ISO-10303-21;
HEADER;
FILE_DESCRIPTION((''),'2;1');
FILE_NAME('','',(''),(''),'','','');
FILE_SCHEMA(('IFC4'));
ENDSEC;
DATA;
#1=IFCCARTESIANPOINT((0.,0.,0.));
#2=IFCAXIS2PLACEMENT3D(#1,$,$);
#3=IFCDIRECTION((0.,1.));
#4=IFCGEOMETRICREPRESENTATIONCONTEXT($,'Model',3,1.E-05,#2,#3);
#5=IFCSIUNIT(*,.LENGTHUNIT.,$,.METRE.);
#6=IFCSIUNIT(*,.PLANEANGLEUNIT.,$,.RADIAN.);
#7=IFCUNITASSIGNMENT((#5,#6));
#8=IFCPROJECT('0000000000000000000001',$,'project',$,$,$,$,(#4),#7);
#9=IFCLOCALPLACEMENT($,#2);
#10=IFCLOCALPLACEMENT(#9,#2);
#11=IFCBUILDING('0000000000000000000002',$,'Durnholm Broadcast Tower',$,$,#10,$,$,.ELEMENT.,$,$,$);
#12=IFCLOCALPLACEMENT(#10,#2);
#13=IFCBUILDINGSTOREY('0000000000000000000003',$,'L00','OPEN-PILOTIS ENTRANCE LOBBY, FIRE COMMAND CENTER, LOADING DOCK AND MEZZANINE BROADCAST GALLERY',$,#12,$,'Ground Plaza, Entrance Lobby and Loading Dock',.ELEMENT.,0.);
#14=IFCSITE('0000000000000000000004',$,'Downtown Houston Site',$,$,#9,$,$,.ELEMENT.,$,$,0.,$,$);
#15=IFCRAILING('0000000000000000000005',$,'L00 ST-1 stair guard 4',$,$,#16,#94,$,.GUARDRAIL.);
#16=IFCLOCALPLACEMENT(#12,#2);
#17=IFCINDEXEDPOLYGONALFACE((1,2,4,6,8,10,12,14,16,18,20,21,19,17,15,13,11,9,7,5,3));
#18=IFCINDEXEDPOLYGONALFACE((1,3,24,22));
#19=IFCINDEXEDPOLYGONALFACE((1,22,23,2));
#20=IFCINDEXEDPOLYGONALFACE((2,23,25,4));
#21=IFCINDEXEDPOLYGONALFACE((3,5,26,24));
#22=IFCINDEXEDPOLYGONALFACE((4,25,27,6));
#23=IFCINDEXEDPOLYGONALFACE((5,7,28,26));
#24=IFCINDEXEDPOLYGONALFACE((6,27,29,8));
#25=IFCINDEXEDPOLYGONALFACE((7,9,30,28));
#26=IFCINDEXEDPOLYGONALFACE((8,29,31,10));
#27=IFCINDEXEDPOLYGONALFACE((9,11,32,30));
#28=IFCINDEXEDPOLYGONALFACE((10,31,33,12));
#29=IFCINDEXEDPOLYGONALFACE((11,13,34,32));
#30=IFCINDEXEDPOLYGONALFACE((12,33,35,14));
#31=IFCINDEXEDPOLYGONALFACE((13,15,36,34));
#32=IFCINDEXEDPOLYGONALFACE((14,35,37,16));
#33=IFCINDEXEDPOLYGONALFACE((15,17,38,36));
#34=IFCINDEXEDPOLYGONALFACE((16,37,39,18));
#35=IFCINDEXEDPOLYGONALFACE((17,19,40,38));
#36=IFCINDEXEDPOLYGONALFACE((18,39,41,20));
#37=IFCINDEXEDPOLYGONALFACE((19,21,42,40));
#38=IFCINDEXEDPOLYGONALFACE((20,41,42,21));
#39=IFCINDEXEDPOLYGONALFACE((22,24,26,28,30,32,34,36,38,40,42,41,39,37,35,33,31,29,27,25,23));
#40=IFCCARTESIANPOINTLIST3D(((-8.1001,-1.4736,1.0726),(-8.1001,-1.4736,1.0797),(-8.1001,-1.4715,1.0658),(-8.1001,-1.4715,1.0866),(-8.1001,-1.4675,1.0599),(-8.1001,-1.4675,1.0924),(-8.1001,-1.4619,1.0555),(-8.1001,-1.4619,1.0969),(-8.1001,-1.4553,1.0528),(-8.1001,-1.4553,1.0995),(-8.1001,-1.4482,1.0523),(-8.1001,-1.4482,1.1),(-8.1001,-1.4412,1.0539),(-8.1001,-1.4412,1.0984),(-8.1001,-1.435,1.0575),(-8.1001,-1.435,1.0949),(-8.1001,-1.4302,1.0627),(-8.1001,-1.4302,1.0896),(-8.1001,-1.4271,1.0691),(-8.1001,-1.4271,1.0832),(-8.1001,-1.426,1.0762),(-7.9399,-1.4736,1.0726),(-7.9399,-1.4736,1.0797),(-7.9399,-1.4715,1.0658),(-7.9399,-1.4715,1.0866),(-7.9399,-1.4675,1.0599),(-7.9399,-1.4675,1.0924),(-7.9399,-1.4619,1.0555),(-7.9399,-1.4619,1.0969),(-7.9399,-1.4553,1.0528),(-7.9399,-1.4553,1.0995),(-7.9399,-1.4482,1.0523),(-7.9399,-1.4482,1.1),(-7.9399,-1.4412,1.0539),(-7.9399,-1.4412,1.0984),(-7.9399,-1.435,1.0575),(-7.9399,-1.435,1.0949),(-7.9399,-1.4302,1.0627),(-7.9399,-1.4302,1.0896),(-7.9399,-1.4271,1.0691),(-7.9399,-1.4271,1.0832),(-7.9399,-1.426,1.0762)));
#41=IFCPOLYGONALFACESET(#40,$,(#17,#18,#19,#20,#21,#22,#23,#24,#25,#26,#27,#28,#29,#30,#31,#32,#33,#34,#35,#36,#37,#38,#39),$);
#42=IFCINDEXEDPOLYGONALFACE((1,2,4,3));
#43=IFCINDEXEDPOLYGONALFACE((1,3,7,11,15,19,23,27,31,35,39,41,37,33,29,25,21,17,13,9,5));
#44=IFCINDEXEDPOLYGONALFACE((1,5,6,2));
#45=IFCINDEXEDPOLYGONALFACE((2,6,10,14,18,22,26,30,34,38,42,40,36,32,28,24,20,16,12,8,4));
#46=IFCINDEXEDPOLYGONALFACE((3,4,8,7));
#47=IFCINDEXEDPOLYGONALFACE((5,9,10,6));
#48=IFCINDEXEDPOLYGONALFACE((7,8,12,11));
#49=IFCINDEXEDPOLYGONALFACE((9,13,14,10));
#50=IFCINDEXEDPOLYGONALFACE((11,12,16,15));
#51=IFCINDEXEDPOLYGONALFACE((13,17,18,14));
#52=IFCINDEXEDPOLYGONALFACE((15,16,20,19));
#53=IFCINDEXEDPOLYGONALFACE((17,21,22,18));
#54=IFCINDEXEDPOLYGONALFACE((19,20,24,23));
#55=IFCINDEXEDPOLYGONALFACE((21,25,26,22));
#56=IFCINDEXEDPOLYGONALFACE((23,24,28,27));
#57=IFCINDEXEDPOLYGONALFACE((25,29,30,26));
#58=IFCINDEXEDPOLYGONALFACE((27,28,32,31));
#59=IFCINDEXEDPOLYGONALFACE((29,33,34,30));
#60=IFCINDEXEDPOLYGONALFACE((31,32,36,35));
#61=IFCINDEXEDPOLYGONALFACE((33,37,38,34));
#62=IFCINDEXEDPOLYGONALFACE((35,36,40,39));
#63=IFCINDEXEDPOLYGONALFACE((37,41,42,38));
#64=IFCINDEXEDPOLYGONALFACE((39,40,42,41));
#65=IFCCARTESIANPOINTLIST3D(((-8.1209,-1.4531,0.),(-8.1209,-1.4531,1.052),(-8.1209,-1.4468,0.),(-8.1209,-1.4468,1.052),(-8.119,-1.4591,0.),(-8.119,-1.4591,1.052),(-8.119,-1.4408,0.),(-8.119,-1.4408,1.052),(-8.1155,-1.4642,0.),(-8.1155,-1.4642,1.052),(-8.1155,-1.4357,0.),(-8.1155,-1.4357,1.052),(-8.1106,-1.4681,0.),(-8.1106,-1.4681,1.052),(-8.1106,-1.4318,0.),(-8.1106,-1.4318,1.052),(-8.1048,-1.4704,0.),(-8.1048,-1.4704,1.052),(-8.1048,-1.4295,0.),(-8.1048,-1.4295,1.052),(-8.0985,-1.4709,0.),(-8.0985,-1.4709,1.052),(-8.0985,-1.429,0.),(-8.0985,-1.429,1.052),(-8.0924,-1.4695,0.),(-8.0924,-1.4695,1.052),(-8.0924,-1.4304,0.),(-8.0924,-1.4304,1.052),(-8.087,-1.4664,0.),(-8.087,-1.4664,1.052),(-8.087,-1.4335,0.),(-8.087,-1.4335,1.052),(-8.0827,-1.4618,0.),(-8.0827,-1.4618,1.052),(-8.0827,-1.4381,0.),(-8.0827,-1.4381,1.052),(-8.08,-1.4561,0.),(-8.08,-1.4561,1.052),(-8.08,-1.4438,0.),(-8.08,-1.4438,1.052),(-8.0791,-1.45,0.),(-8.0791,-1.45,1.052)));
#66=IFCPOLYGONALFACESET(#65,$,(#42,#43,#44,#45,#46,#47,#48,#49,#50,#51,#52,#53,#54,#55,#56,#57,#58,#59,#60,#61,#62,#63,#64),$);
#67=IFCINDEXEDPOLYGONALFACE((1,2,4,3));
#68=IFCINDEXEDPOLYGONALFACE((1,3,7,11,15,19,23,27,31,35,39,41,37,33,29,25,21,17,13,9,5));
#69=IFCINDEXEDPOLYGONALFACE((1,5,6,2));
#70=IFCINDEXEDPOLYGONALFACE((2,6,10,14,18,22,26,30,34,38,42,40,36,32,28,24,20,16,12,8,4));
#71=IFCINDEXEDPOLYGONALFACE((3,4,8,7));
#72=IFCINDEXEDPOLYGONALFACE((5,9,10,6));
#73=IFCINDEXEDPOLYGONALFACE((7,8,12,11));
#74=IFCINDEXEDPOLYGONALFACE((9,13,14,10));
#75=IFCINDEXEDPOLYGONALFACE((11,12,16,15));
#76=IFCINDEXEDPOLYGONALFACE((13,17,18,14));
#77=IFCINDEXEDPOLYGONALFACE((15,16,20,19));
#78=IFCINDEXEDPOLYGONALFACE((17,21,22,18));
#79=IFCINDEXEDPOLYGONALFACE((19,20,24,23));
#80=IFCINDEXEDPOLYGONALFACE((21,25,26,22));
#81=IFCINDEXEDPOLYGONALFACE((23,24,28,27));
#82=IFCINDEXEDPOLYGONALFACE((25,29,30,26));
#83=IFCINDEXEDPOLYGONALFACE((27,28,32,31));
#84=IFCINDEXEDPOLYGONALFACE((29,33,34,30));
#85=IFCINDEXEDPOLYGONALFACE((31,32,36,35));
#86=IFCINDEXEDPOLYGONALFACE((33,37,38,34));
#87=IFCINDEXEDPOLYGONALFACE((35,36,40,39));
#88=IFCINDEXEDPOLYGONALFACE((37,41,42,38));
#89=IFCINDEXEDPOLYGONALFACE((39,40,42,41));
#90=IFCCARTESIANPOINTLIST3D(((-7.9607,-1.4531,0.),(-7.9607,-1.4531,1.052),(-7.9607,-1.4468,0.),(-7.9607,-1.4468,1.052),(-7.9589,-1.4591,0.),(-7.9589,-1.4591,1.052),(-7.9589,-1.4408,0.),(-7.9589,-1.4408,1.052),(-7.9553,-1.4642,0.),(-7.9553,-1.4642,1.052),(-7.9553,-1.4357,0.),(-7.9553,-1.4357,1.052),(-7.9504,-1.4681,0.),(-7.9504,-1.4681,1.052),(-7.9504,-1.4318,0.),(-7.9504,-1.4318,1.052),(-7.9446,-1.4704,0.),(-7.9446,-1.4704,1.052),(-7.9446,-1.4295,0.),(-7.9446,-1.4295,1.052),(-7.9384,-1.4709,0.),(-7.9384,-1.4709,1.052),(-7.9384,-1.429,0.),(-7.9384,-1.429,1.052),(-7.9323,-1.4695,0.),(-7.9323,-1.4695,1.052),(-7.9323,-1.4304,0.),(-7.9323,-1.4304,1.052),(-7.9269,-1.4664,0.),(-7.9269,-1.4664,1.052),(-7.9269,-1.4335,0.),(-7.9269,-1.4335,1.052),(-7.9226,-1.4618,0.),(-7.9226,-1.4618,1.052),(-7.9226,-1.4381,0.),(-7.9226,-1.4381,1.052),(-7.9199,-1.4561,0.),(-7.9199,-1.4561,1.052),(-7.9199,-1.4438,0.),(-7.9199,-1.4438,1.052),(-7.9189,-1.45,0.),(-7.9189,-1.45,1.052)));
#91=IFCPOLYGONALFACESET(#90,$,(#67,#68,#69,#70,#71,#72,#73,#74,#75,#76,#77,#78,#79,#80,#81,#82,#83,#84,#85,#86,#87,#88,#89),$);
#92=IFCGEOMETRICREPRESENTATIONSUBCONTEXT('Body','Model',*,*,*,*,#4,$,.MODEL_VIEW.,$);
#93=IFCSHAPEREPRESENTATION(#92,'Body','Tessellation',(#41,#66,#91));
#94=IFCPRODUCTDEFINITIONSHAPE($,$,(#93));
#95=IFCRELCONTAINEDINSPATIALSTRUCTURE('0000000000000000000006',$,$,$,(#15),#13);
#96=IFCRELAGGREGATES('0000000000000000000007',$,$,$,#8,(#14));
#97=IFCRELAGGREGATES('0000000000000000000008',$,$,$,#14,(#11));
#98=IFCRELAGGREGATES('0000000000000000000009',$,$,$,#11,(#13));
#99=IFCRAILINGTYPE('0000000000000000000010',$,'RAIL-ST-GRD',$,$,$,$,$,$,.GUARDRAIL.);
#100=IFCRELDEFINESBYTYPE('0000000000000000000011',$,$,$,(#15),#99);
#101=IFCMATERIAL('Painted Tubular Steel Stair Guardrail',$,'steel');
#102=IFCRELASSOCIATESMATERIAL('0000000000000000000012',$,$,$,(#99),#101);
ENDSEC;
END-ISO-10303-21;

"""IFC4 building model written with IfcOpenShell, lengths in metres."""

from ifc_helpers import new_model, si_unit, direction, frame, origin, origin_2d, place, context, subcontext, project, spatial, circle, extrude, material, type_object, element, save


model = new_model("IFC4")

# Units and contexts
model_context = context("Model", 3, precision=1e-05, world=origin(), true_north=direction((0.0, 1.0)))
body_context = subcontext(model_context, "Body", "Model", "MODEL_VIEW")
ifc_project = project(units=[si_unit("LENGTHUNIT", "METRE"), si_unit("PLANEANGLEUNIT", "RADIAN")], contexts=[model_context])

# Site, building, storey
site_placement = place(None, origin())
site = spatial("IfcSite", under=ifc_project, at=site_placement, Name="Downtown Houston Site", CompositionType="ELEMENT", RefElevation=0.0)
building_placement = place(site_placement, origin())
building = spatial("IfcBuilding", under=site, at=building_placement, Name="Durnholm Broadcast Tower", CompositionType="ELEMENT")
storey_placement = place(building_placement, origin())
storey = spatial("IfcBuildingStorey", under=building, at=storey_placement, Name="L00", Description="OPEN-PILOTIS ENTRANCE LOBBY, FIRE COMMAND CENTER, LOADING DOCK AND MEZZANINE BROADCAST GALLERY", LongName="Ground Plaza, Entrance Lobby and Loading Dock", CompositionType="ELEMENT", Elevation=0.0)

# Railing
ifc_material_1 = material(Name="Painted Tubular Steel Stair Guardrail", Category="steel")
railing_type_1 = type_object("IfcRailingType", Name="RAIL-ST-GRD", PredefinedType="GUARDRAIL", material=ifc_material_1)
railing_1_placement = place(storey_placement, frame((-8.1001, -1.45, 0.0)))
element("IfcRailing", 1, at=railing_1_placement, inside=storey, type_object=railing_type_1, Name="L00 ST-1 stair guard 4", PredefinedType="GUARDRAIL", context=body_context, shape_type="SweptSolid", body=[
    extrude(circle(Radius=0.0239, at=origin_2d()), frame((0.0, 0.0, 1.0762), z_axis=(1.0, 0.0, 0.0), x_axis=(0.0, 1.0, 0.0)), (0.0, 0.0, 1.0), 0.1602),
    extrude(circle(Radius=0.021, at=origin_2d()), origin(), (0.0, 0.0, 1.0), 1.052),
    extrude(circle(Radius=0.021, at=origin_2d()), frame((0.1602, 0.0, 0.0)), (0.0, 0.0, 1.0), 1.052),
])

save(model, "model.ifc")
